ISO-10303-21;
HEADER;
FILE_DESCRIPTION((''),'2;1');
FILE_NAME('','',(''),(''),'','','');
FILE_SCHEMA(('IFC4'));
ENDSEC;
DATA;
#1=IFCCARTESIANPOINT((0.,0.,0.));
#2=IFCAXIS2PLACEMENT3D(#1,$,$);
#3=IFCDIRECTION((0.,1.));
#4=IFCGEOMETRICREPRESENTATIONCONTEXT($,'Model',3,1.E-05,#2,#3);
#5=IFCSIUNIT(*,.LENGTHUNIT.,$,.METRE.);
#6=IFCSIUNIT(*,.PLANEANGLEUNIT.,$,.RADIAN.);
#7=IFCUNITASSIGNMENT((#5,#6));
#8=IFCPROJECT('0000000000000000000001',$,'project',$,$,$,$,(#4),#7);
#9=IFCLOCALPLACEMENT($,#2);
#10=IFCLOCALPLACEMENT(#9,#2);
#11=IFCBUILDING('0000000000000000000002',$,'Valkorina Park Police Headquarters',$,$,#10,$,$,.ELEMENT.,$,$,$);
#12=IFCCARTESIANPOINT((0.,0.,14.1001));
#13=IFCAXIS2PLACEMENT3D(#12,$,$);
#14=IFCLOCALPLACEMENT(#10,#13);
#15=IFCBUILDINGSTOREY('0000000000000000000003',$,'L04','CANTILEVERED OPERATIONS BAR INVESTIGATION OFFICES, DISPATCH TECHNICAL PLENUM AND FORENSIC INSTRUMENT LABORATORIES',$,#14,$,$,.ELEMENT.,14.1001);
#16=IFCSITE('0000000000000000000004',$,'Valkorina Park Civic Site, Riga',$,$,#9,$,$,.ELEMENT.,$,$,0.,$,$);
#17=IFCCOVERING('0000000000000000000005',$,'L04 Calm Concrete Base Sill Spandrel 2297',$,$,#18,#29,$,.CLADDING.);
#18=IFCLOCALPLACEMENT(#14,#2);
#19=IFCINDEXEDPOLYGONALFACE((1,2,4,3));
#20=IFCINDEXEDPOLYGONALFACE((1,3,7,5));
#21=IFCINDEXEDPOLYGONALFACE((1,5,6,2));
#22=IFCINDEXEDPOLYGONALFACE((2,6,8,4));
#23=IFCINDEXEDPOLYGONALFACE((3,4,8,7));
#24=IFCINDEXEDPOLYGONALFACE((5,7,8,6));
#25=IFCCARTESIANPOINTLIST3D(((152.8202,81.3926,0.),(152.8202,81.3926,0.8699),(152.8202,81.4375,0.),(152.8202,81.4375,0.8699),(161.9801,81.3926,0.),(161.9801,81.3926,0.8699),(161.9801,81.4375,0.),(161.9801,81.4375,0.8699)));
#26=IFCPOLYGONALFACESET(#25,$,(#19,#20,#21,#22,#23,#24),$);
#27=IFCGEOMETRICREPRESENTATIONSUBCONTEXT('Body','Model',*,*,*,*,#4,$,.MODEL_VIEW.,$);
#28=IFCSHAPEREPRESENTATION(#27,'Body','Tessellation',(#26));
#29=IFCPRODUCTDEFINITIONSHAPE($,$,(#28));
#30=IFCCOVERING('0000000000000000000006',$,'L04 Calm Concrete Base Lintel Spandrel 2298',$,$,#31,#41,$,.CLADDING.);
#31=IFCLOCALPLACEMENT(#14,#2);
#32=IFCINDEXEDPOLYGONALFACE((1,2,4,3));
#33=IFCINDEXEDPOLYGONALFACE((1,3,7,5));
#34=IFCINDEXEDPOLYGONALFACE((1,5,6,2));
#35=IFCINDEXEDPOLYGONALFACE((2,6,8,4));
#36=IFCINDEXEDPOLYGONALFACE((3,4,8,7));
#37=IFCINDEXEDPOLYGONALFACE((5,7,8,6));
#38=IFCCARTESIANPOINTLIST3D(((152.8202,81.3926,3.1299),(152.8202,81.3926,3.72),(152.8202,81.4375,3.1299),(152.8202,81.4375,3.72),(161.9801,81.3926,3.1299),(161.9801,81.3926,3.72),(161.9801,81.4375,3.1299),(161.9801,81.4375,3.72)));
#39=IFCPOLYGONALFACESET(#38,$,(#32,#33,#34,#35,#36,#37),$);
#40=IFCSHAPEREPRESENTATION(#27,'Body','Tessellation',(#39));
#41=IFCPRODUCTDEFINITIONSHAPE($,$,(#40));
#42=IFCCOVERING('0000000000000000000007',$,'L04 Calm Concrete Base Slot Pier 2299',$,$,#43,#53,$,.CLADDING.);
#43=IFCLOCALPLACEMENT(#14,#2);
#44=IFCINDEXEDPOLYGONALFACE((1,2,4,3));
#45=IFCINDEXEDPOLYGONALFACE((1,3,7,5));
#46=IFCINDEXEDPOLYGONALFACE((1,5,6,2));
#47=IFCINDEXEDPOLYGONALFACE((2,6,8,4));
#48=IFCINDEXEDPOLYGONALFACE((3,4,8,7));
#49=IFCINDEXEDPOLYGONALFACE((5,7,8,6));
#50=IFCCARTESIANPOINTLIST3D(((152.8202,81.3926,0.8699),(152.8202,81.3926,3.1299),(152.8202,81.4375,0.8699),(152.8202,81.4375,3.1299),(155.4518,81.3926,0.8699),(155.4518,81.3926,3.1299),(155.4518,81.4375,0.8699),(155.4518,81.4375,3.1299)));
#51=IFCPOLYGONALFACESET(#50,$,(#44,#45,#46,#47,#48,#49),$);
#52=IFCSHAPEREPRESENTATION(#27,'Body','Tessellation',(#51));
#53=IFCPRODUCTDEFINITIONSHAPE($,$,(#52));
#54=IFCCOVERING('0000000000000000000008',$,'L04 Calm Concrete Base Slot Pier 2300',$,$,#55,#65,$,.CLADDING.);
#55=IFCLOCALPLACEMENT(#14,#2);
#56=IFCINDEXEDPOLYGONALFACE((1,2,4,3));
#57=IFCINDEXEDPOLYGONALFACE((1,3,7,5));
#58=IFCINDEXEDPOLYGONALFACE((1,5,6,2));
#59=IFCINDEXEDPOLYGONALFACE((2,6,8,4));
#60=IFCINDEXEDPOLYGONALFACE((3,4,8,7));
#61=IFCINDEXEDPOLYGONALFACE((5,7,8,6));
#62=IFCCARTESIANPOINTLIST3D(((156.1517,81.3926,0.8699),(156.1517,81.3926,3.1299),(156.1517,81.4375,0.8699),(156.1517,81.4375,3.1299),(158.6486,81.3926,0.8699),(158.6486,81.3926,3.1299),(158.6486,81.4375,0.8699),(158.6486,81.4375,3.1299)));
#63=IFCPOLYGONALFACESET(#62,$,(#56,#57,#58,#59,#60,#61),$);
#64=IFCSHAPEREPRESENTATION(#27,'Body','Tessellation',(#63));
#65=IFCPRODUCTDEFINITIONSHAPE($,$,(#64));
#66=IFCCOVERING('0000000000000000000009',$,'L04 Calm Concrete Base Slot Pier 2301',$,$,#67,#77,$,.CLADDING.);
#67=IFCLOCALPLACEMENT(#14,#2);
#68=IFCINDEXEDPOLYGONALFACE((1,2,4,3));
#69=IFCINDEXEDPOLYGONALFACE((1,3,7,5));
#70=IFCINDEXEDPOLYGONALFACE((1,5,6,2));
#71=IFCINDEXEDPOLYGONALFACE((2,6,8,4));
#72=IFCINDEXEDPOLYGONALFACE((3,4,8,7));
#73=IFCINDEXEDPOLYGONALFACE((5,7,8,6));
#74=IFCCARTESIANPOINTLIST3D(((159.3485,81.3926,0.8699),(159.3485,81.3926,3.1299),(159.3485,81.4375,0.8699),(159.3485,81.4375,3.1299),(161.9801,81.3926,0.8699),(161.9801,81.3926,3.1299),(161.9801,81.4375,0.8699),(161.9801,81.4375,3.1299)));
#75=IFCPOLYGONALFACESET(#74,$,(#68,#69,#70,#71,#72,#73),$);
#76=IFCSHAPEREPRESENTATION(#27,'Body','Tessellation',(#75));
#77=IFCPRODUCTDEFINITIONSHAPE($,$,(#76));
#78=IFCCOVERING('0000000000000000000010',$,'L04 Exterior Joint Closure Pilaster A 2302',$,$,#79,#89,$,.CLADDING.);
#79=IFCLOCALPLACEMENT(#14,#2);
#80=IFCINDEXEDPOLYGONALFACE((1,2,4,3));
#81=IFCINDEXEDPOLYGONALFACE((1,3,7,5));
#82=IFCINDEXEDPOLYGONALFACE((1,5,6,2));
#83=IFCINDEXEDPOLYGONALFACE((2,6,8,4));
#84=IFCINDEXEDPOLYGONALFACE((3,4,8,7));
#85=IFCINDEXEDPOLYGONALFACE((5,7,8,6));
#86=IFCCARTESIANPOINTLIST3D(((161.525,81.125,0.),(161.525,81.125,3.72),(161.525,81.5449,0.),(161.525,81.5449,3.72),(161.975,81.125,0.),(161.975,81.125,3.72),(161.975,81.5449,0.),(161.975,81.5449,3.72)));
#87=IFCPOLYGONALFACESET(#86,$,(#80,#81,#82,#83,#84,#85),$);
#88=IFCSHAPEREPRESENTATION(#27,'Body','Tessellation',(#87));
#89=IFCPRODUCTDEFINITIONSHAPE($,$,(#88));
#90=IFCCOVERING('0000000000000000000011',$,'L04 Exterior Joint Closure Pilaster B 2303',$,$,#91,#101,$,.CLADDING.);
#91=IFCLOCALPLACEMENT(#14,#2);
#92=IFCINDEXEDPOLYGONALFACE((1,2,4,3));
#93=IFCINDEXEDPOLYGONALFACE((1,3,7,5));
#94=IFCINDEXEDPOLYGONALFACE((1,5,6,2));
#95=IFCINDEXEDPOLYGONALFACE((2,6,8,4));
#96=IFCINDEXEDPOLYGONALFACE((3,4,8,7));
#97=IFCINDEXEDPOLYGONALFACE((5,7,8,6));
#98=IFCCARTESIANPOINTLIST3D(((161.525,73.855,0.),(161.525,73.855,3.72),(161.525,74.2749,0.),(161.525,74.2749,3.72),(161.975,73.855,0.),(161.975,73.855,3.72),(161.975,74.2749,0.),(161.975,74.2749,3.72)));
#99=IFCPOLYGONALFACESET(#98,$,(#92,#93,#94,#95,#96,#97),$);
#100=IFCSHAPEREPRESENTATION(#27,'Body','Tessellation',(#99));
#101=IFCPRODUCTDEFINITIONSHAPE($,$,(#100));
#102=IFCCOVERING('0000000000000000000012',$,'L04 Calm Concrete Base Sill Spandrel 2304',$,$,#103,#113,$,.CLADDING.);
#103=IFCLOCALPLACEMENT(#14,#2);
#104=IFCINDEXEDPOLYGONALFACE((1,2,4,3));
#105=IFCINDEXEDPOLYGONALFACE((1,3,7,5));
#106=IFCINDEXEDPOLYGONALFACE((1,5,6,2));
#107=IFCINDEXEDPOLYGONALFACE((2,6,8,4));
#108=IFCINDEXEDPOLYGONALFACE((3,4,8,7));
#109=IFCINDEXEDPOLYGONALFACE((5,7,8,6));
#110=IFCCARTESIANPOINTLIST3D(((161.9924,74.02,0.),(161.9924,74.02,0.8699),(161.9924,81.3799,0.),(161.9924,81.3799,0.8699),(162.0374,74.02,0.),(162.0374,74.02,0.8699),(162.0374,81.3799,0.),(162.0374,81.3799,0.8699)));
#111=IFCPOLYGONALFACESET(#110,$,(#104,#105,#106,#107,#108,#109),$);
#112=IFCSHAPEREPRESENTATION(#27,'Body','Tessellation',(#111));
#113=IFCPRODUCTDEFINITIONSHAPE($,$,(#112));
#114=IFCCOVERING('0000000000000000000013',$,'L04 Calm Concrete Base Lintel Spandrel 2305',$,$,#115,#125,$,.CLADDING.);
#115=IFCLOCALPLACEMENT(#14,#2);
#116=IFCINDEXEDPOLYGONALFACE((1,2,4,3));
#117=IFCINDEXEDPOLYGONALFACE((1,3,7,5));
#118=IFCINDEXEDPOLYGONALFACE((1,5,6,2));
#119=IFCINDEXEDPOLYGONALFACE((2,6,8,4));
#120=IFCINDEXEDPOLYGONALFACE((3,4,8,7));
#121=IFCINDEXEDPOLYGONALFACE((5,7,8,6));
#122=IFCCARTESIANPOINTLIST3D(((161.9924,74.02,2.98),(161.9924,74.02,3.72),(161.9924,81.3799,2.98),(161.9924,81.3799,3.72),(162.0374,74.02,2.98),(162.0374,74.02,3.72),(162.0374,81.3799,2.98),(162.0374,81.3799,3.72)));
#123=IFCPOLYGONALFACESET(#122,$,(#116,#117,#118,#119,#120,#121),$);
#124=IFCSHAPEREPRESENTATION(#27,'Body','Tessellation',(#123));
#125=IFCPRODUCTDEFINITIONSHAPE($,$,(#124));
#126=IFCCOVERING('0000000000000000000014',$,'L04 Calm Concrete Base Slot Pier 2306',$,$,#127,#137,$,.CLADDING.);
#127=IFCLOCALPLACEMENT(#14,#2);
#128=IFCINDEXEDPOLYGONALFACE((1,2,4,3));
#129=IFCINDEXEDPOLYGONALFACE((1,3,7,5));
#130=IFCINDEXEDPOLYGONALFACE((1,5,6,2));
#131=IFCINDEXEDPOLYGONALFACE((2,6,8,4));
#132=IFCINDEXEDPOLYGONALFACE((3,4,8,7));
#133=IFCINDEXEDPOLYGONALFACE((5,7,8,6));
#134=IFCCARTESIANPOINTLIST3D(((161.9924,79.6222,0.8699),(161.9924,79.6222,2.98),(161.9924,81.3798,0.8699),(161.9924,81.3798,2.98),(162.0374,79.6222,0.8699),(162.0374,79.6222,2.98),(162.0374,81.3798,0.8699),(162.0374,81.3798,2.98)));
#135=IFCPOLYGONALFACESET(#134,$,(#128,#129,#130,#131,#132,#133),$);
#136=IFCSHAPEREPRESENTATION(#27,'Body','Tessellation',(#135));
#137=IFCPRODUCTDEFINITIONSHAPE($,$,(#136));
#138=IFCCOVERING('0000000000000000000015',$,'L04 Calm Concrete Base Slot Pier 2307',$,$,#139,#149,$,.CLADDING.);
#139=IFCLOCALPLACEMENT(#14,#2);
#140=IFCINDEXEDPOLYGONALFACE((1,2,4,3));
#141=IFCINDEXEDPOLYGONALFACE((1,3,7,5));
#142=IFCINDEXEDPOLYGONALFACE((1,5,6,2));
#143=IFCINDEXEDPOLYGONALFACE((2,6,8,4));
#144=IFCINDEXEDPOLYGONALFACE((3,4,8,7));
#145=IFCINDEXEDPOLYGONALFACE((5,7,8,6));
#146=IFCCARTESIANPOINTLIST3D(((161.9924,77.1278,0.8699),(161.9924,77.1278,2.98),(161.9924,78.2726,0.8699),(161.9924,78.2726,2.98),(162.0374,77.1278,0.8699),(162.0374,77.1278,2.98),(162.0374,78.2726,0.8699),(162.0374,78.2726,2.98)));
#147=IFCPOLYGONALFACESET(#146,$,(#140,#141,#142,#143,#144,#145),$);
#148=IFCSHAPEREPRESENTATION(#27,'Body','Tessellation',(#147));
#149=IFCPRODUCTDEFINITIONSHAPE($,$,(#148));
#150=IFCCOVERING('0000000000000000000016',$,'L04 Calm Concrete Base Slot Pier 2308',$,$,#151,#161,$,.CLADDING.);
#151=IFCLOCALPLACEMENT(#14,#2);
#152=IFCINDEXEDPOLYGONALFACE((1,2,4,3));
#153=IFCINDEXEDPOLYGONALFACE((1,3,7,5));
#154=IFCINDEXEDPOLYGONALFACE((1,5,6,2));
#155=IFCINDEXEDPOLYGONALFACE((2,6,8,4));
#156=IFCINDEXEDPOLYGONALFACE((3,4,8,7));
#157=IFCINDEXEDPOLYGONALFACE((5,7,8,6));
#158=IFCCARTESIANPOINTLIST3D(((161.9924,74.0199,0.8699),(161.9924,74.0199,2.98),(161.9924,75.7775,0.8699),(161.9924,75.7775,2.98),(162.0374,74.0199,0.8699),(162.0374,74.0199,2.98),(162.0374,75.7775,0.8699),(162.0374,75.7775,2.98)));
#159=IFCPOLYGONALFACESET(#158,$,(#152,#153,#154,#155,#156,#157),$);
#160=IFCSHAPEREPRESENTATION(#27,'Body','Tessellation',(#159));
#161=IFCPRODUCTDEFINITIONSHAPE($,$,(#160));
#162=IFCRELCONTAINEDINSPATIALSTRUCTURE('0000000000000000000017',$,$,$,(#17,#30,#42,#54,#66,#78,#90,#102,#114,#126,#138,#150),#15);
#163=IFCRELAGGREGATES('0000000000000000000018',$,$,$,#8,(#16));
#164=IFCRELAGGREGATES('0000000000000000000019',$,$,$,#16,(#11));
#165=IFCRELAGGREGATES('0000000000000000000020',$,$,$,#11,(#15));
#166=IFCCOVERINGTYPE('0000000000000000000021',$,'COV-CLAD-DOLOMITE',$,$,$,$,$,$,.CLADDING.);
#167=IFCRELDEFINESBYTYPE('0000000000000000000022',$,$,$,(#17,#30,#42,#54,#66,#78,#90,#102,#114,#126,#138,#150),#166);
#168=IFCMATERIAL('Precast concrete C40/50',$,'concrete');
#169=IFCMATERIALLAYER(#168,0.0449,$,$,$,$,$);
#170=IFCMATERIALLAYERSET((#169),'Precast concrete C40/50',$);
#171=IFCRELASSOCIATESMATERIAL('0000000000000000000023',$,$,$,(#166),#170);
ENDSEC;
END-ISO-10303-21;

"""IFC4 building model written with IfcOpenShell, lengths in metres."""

from ifc_helpers import new_model, si_unit, direction, frame, frame_2d, origin, origin_2d, place, context, subcontext, project, spatial, rectangle, extrude, material, layer, layer_set, type_object, element, save


model = new_model("IFC4")

# Units and contexts
model_context = context("Model", 3, precision=1e-05, world=origin(), true_north=direction((0.0, 1.0)))
body_context = subcontext(model_context, "Body", "Model", "MODEL_VIEW")
ifc_project = project(units=[si_unit("LENGTHUNIT", "METRE"), si_unit("PLANEANGLEUNIT", "RADIAN")], contexts=[model_context])

# Site, building, storey
site_placement = place(None, origin())
site = spatial("IfcSite", under=ifc_project, at=site_placement, Name="Valkorina Park Civic Site, Riga", CompositionType="ELEMENT", RefElevation=0.0)
building_placement = place(site_placement, origin())
building = spatial("IfcBuilding", under=site, at=building_placement, Name="Valkorina Park Police Headquarters", CompositionType="ELEMENT")
storey_placement = place(building_placement, frame((0.0, 0.0, 14.1001)))
storey = spatial("IfcBuildingStorey", under=building, at=storey_placement, Name="L04", Description="CANTILEVERED OPERATIONS BAR INVESTIGATION OFFICES, DISPATCH TECHNICAL PLENUM AND FORENSIC INSTRUMENT LABORATORIES", CompositionType="ELEMENT", Elevation=14.1001)

# Shared definitions
ifc_material_1 = material(Name="Precast concrete C40/50", Category="concrete")

# Coverings
ifc_layer_1 = layer(ifc_material_1, 0.0449)
ifc_layer_set_1 = layer_set([ifc_layer_1], Name="Precast concrete C40/50")
covering_type = type_object("IfcCoveringType", Name="COV-CLAD-DOLOMITE", PredefinedType="CLADDING", material=ifc_layer_set_1)
covering_1_placement = place(storey_placement, frame((152.8201, 81.415, 0.0), z_axis=(0.0, 0.0, 1.0), x_axis=(1.0, 0.0, 0.0)))
element("IfcCovering", 1, at=covering_1_placement, inside=storey, type_object=covering_type, Name="L04 Calm Concrete Base Sill Spandrel 2297", PredefinedType="CLADDING", context=body_context, shape_type="SweptSolid", body=[
    extrude(rectangle(XDim=9.1599, YDim=0.0449, at=frame_2d((4.5801, 0.0))), origin(), (0.0, 0.0, 1.0), 0.8699),
])
covering_2_placement = place(storey_placement, frame((152.8201, 81.415, 3.1299), z_axis=(0.0, 0.0, 1.0), x_axis=(1.0, 0.0, 0.0)))
element("IfcCovering", 2, at=covering_2_placement, inside=storey, type_object=covering_type, Name="L04 Calm Concrete Base Lintel Spandrel 2298", PredefinedType="CLADDING", context=body_context, shape_type="SweptSolid", body=[
    extrude(rectangle(XDim=9.1599, YDim=0.0449, at=frame_2d((4.5801, 0.0))), origin(), (0.0, 0.0, 1.0), 0.5901),
])
covering_3_placement = place(storey_placement, frame((152.8201, 81.415, 0.8699), z_axis=(0.0, 0.0, 1.0), x_axis=(1.0, 0.0, 0.0)))
element("IfcCovering", 3, at=covering_3_placement, inside=storey, type_object=covering_type, Name="L04 Calm Concrete Base Slot Pier 2299", PredefinedType="CLADDING", context=body_context, shape_type="SweptSolid", body=[
    extrude(rectangle(XDim=2.6316, YDim=0.0449, at=frame_2d((1.3159, 0.0))), origin(), (0.0, 0.0, 1.0), 2.26),
])
covering_4_placement = place(storey_placement, frame((156.1516, 81.415, 0.8699), z_axis=(0.0, 0.0, 1.0), x_axis=(1.0, 0.0, 0.0)))
element("IfcCovering", 4, at=covering_4_placement, inside=storey, type_object=covering_type, Name="L04 Calm Concrete Base Slot Pier 2300", PredefinedType="CLADDING", context=body_context, shape_type="SweptSolid", body=[
    extrude(rectangle(XDim=2.4968, YDim=0.0449, at=frame_2d((1.2485, 0.0))), origin(), (0.0, 0.0, 1.0), 2.26),
])
covering_5_placement = place(storey_placement, frame((159.3484, 81.415, 0.8699), z_axis=(0.0, 0.0, 1.0), x_axis=(1.0, 0.0, 0.0)))
element("IfcCovering", 5, at=covering_5_placement, inside=storey, type_object=covering_type, Name="L04 Calm Concrete Base Slot Pier 2301", PredefinedType="CLADDING", context=body_context, shape_type="SweptSolid", body=[
    extrude(rectangle(XDim=2.6316, YDim=0.0449, at=frame_2d((1.3159, 0.0))), origin(), (0.0, 0.0, 1.0), 2.26),
])
for number, where, z_axis, x_axis, name in (
    (6, (161.75, 81.335, 0.0), (0.0, 0.0, 1.0), (0.0, 1.0, 0.0), "L04 Exterior Joint Closure Pilaster A 2302"),
    (7, (161.75, 74.0649, 0.0), (0.0, 0.0, 1.0), (0.0, 1.0, 0.0), "L04 Exterior Joint Closure Pilaster B 2303"),
):
    element("IfcCovering", number, at=place(storey_placement, frame(where, z_axis=z_axis, x_axis=x_axis)), inside=storey, type_object=covering_type, Name=name, PredefinedType="CLADDING", context=body_context, shape_type="SweptSolid", body=[
        extrude(rectangle(XDim=0.4199, YDim=0.45, at=origin_2d()), origin(), (0.0, 0.0, 1.0), 3.72),
    ])
covering_6_placement = place(storey_placement, frame((162.0149, 81.3799, 0.0), z_axis=(0.0, 0.0, 1.0), x_axis=(0.0, -1.0, 0.0)))
element("IfcCovering", 8, at=covering_6_placement, inside=storey, type_object=covering_type, Name="L04 Calm Concrete Base Sill Spandrel 2304", PredefinedType="CLADDING", context=body_context, shape_type="SweptSolid", body=[
    extrude(rectangle(XDim=7.3599, YDim=0.0449, at=frame_2d((3.6799, 0.0))), origin(), (0.0, 0.0, 1.0), 0.8699),
])
covering_7_placement = place(storey_placement, frame((162.0149, 81.3799, 2.98), z_axis=(0.0, 0.0, 1.0), x_axis=(0.0, -1.0, 0.0)))
element("IfcCovering", 9, at=covering_7_placement, inside=storey, type_object=covering_type, Name="L04 Calm Concrete Base Lintel Spandrel 2305", PredefinedType="CLADDING", context=body_context, shape_type="SweptSolid", body=[
    extrude(rectangle(XDim=7.3599, YDim=0.0449, at=frame_2d((3.6799, 0.0))), origin(), (0.0, 0.0, 1.0), 0.74),
])
covering_8_placement = place(storey_placement, frame((162.0149, 81.3799, 0.8699), z_axis=(0.0, 0.0, 1.0), x_axis=(0.0, -1.0, 0.0)))
element("IfcCovering", 10, at=covering_8_placement, inside=storey, type_object=covering_type, Name="L04 Calm Concrete Base Slot Pier 2306", PredefinedType="CLADDING", context=body_context, shape_type="SweptSolid", body=[
    extrude(rectangle(XDim=1.7576, YDim=0.0449, at=frame_2d((0.8789, 0.0))), origin(), (0.0, 0.0, 1.0), 2.1101),
])
covering_9_placement = place(storey_placement, frame((162.0149, 78.2725, 0.8699), z_axis=(0.0, 0.0, 1.0), x_axis=(0.0, -1.0, 0.0)))
element("IfcCovering", 11, at=covering_9_placement, inside=storey, type_object=covering_type, Name="L04 Calm Concrete Base Slot Pier 2307", PredefinedType="CLADDING", context=body_context, shape_type="SweptSolid", body=[
    extrude(rectangle(XDim=1.1448, YDim=0.0449, at=frame_2d((0.5723, 0.0))), origin(), (0.0, 0.0, 1.0), 2.1101),
])
covering_10_placement = place(storey_placement, frame((162.0149, 75.7776, 0.8699), z_axis=(0.0, 0.0, 1.0), x_axis=(0.0, -1.0, 0.0)))
element("IfcCovering", 12, at=covering_10_placement, inside=storey, type_object=covering_type, Name="L04 Calm Concrete Base Slot Pier 2308", PredefinedType="CLADDING", context=body_context, shape_type="SweptSolid", body=[
    extrude(rectangle(XDim=1.7576, YDim=0.0449, at=frame_2d((0.8789, 0.0))), origin(), (0.0, 0.0, 1.0), 2.1101),
])

save(model, "model.ifc")
